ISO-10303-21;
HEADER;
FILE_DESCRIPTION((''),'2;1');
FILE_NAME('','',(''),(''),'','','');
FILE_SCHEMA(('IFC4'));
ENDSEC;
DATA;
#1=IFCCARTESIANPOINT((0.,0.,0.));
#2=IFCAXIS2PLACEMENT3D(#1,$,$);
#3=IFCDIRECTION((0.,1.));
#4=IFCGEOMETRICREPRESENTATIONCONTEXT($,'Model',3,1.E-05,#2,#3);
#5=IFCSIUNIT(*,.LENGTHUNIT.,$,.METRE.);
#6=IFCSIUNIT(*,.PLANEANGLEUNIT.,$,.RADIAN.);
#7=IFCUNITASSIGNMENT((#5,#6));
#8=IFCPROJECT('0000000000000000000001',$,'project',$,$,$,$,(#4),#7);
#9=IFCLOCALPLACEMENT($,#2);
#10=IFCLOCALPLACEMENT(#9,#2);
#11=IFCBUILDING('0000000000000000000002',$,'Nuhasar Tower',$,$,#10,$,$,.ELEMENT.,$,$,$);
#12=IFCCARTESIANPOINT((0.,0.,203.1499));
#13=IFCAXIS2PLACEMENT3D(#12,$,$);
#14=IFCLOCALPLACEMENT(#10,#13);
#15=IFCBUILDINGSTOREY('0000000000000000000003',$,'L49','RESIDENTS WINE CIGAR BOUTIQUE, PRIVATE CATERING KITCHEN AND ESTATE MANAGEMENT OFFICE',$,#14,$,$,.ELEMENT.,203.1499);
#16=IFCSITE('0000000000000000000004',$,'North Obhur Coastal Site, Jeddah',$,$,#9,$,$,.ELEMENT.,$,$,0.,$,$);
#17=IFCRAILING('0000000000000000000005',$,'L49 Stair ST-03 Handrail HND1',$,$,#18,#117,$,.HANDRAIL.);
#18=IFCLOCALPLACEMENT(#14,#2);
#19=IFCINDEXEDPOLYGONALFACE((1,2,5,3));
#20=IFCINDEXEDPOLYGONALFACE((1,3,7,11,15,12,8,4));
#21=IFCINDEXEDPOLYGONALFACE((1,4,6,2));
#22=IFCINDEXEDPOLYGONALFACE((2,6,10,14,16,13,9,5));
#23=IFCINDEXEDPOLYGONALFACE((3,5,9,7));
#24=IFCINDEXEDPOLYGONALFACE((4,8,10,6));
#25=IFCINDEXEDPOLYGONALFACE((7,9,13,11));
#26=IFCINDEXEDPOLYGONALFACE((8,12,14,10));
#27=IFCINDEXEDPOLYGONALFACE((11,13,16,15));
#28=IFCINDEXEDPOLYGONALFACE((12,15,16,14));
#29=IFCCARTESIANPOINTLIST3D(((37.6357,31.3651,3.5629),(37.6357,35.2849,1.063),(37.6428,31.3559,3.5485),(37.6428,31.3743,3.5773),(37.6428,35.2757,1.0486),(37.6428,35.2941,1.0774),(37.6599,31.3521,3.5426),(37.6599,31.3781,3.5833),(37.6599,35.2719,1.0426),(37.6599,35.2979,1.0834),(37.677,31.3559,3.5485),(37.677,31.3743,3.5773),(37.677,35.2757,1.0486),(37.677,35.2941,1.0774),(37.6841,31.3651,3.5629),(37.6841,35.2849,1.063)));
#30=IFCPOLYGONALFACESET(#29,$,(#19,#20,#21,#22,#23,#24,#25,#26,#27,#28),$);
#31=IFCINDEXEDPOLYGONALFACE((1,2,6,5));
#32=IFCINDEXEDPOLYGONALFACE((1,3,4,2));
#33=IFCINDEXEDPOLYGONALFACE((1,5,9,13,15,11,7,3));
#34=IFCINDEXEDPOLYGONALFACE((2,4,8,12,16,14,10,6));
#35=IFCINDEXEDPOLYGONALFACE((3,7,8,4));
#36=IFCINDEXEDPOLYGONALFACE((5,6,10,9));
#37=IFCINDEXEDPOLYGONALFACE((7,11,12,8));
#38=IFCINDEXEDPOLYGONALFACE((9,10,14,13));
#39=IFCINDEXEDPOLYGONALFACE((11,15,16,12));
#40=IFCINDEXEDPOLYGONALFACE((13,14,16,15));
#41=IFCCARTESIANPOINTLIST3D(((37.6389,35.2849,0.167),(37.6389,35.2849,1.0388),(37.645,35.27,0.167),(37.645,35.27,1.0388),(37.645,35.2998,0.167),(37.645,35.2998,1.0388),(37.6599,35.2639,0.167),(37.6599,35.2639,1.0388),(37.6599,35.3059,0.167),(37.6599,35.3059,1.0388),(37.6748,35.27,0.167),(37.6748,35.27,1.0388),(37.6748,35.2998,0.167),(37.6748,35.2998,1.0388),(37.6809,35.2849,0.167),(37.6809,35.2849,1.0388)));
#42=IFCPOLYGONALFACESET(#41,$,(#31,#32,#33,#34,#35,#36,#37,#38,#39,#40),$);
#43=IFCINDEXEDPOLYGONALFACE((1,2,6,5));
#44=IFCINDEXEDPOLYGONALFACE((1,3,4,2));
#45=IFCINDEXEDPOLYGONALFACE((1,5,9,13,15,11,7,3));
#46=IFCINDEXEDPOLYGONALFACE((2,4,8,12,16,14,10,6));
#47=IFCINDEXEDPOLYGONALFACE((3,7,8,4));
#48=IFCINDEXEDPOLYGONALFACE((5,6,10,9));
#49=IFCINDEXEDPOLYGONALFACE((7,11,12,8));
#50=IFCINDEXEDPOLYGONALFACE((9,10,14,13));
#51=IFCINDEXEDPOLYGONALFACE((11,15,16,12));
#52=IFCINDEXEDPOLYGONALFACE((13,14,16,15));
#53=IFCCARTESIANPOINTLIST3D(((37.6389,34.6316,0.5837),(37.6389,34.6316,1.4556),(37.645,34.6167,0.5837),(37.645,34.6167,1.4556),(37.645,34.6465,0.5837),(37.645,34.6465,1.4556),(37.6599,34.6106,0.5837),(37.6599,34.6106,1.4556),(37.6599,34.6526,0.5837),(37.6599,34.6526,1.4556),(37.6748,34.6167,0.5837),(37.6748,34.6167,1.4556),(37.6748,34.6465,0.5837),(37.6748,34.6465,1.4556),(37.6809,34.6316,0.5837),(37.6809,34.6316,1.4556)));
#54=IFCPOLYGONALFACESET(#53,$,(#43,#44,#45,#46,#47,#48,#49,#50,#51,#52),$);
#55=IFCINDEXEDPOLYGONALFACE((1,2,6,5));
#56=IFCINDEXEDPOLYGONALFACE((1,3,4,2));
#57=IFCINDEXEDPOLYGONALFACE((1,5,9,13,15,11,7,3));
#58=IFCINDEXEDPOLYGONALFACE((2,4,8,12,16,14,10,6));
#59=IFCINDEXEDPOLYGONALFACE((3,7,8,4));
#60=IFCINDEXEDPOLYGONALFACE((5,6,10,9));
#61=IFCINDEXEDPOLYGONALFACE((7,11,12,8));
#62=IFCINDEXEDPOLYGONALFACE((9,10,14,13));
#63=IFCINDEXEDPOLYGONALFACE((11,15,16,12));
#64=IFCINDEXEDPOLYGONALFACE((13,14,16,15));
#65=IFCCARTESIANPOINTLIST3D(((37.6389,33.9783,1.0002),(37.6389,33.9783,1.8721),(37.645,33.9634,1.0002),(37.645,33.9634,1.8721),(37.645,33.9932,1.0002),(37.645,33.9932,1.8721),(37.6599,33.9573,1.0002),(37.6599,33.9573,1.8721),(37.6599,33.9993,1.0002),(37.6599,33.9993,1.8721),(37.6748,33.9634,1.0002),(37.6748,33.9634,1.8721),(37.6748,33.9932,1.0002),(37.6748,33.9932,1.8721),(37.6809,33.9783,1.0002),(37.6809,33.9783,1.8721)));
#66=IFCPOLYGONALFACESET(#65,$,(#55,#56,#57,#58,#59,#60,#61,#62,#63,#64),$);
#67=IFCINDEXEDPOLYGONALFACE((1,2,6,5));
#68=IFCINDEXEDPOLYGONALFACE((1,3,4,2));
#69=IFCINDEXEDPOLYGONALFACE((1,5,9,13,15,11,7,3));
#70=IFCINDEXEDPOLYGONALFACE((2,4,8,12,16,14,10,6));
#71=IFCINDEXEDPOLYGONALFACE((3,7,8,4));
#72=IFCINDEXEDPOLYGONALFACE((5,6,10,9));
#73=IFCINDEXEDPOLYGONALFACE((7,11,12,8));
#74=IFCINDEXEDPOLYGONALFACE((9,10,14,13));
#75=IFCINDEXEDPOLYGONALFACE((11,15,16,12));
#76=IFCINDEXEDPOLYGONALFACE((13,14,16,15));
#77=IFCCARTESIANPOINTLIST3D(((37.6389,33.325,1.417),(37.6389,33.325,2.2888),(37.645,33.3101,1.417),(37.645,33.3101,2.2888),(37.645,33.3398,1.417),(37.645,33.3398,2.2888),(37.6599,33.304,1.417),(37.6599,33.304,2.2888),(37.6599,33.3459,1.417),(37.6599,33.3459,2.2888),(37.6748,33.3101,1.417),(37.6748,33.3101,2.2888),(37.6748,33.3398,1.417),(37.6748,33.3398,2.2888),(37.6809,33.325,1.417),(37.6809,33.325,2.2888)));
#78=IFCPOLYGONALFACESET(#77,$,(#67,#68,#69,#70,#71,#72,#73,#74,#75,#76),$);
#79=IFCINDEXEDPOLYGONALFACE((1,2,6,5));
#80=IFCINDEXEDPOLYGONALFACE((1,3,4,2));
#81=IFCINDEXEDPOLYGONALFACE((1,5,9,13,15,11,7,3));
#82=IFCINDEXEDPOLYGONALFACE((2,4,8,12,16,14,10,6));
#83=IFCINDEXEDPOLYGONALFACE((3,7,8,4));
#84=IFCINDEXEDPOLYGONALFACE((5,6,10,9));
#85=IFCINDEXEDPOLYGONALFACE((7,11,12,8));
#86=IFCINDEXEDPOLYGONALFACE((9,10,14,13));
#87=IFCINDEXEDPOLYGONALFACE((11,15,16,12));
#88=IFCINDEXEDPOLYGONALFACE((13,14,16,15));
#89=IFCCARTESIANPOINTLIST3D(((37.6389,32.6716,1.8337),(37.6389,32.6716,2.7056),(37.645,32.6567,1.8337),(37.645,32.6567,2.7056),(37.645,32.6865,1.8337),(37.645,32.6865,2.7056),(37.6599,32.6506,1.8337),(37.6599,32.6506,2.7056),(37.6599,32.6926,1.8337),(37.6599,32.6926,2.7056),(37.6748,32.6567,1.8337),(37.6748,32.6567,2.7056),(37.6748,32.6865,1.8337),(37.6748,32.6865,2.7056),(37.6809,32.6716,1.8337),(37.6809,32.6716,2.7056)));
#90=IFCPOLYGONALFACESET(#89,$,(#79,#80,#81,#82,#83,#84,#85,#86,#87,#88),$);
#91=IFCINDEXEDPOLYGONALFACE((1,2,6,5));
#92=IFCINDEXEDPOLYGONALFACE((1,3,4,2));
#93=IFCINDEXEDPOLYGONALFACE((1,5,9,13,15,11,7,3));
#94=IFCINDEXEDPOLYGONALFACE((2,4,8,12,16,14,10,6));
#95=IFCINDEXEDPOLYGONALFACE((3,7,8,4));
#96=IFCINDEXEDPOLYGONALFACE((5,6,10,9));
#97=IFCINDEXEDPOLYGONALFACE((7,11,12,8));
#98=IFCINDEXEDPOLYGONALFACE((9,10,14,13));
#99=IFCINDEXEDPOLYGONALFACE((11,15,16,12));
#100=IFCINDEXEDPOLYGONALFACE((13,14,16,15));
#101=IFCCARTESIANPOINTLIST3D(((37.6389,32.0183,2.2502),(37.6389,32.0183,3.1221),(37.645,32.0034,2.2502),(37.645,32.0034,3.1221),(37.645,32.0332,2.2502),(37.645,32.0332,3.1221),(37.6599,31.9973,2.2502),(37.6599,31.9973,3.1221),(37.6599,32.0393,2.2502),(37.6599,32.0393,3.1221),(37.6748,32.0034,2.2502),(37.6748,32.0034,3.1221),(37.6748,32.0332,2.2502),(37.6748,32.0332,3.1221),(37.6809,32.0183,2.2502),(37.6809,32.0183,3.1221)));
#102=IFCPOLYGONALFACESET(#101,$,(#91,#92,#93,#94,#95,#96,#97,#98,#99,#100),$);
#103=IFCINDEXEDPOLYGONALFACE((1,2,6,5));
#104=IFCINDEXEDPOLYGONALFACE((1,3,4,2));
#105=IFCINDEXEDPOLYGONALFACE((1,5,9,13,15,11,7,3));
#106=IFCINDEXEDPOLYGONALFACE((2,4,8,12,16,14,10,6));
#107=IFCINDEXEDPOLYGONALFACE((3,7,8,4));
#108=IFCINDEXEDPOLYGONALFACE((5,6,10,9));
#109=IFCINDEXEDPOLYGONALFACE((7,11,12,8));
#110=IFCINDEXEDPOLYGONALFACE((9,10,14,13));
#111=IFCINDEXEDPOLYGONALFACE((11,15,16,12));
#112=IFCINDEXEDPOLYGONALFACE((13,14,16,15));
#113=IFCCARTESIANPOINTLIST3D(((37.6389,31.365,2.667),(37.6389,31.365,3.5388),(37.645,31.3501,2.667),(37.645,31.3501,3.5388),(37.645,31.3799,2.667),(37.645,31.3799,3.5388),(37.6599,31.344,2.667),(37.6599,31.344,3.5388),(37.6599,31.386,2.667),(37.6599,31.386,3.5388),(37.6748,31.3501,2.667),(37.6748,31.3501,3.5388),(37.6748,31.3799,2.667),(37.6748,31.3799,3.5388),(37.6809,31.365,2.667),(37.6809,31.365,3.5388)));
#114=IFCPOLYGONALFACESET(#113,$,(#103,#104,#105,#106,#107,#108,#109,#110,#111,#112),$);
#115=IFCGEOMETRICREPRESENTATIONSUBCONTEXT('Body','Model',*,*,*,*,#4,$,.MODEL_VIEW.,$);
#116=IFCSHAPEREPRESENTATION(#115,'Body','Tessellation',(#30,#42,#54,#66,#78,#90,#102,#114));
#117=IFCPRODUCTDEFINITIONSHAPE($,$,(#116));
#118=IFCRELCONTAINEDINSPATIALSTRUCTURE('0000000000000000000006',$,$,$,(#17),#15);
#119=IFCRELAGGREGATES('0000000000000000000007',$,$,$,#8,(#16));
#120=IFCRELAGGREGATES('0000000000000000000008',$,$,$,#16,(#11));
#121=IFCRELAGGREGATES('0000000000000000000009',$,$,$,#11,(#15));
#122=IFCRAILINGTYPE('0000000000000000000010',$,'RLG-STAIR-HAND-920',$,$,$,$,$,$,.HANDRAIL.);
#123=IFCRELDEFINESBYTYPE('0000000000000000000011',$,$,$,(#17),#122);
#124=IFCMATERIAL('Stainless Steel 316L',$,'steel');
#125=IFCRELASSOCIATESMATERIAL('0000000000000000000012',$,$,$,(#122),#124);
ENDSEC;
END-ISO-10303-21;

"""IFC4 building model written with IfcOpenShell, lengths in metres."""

from ifc_helpers import new_model, si_unit, direction, frame, origin, place, context, subcontext, project, spatial, polyline, outline, extrude, material, type_object, element, save


model = new_model("IFC4")

# Units and contexts
model_context = context("Model", 3, precision=1e-05, world=origin(), true_north=direction((0.0, 1.0)))
body_context = subcontext(model_context, "Body", "Model", "MODEL_VIEW")
ifc_project = project(units=[si_unit("LENGTHUNIT", "METRE"), si_unit("PLANEANGLEUNIT", "RADIAN")], contexts=[model_context])

# Site, building, storey
site_placement = place(None, origin())
site = spatial("IfcSite", under=ifc_project, at=site_placement, Name="North Obhur Coastal Site, Jeddah", CompositionType="ELEMENT", RefElevation=0.0)
building_placement = place(site_placement, origin())
building = spatial("IfcBuilding", under=site, at=building_placement, Name="Nuhasar Tower", CompositionType="ELEMENT")
storey_placement = place(building_placement, frame((0.0, 0.0, 203.1499)))
storey = spatial("IfcBuildingStorey", under=building, at=storey_placement, Name="L49", Description="RESIDENTS WINE CIGAR BOUTIQUE, PRIVATE CATERING KITCHEN AND ESTATE MANAGEMENT OFFICE", CompositionType="ELEMENT", Elevation=203.1499)

# Railing
ifc_material_1 = material(Name="Stainless Steel 316L", Category="steel")
railing_type_1 = type_object("IfcRailingType", Name="RLG-STAIR-HAND-920", PredefinedType="HANDRAIL", material=ifc_material_1)
railing_1_placement = place(storey_placement, frame((37.6599, 35.2849, 0.167)))
element("IfcRailing", 1, at=railing_1_placement, inside=storey, type_object=railing_type_1, Name="L49 Stair ST-03 Handrail HND1", PredefinedType="HANDRAIL", context=body_context, shape_type="SweptSolid", body=[
    extrude(outline(polyline([(0.0242, 0.0), (0.0171, 0.0171), (0.0, 0.0242), (-0.0171, 0.0171), (-0.0242, 0.0), (-0.0171, -0.0171), (0.0, -0.0242), (0.0171, -0.0171), (0.0242, 0.0)])), frame((0.0, 0.0, 0.896), z_axis=(0.0, -0.843125, 0.537718), x_axis=(1.0, 0.0, 0.0)), (0.0, 0.0, 1.0), 4.6492),
    extrude(outline(polyline([(0.021, 0.0), (0.0149, 0.0149), (0.0, 0.021), (-0.0149, 0.0149), (-0.021, 0.0), (-0.0149, -0.0149), (0.0, -0.021), (0.0149, -0.0149), (0.021, 0.0)])), origin(), (0.0, 0.0, 1.0), 0.8718),
    extrude(outline(polyline([(0.021, 0.0), (0.0149, 0.0149), (0.0, 0.021), (-0.0149, 0.0149), (-0.021, 0.0), (-0.0149, -0.0149), (0.0, -0.021), (0.0149, -0.0149), (0.021, 0.0)])), frame((0.0, -0.6533, 0.4167)), (0.0, 0.0, 1.0), 0.8718),
    extrude(outline(polyline([(0.021, 0.0), (0.0149, 0.0149), (0.0, 0.021), (-0.0149, 0.0149), (-0.021, 0.0), (-0.0149, -0.0149), (0.0, -0.021), (0.0149, -0.0149), (0.021, 0.0)])), frame((0.0, -1.3066, 0.8333)), (0.0, 0.0, 1.0), 0.8718),
    extrude(outline(polyline([(0.021, 0.0), (0.0149, 0.0149), (0.0, 0.021), (-0.0149, 0.0149), (-0.021, 0.0), (-0.0149, -0.0149), (0.0, -0.021), (0.0149, -0.0149), (0.021, 0.0)])), frame((0.0, -1.96, 1.25)), (0.0, 0.0, 1.0), 0.8718),
    extrude(outline(polyline([(0.021, 0.0), (0.0149, 0.0149), (0.0, 0.021), (-0.0149, 0.0149), (-0.021, 0.0), (-0.0149, -0.0149), (0.0, -0.021), (0.0149, -0.0149), (0.021, 0.0)])), frame((0.0, -2.6133, 1.6667)), (0.0, 0.0, 1.0), 0.8718),
    extrude(outline(polyline([(0.021, 0.0), (0.0149, 0.0149), (0.0, 0.021), (-0.0149, 0.0149), (-0.021, 0.0), (-0.0149, -0.0149), (0.0, -0.021), (0.0149, -0.0149), (0.021, 0.0)])), frame((0.0, -3.2666, 2.0833)), (0.0, 0.0, 1.0), 0.8718),
    extrude(outline(polyline([(0.021, 0.0), (0.0149, 0.0149), (0.0, 0.021), (-0.0149, 0.0149), (-0.021, 0.0), (-0.0149, -0.0149), (0.0, -0.021), (0.0149, -0.0149), (0.021, 0.0)])), frame((0.0, -3.9199, 2.5)), (0.0, 0.0, 1.0), 0.8718),
])

save(model, "model.ifc")
